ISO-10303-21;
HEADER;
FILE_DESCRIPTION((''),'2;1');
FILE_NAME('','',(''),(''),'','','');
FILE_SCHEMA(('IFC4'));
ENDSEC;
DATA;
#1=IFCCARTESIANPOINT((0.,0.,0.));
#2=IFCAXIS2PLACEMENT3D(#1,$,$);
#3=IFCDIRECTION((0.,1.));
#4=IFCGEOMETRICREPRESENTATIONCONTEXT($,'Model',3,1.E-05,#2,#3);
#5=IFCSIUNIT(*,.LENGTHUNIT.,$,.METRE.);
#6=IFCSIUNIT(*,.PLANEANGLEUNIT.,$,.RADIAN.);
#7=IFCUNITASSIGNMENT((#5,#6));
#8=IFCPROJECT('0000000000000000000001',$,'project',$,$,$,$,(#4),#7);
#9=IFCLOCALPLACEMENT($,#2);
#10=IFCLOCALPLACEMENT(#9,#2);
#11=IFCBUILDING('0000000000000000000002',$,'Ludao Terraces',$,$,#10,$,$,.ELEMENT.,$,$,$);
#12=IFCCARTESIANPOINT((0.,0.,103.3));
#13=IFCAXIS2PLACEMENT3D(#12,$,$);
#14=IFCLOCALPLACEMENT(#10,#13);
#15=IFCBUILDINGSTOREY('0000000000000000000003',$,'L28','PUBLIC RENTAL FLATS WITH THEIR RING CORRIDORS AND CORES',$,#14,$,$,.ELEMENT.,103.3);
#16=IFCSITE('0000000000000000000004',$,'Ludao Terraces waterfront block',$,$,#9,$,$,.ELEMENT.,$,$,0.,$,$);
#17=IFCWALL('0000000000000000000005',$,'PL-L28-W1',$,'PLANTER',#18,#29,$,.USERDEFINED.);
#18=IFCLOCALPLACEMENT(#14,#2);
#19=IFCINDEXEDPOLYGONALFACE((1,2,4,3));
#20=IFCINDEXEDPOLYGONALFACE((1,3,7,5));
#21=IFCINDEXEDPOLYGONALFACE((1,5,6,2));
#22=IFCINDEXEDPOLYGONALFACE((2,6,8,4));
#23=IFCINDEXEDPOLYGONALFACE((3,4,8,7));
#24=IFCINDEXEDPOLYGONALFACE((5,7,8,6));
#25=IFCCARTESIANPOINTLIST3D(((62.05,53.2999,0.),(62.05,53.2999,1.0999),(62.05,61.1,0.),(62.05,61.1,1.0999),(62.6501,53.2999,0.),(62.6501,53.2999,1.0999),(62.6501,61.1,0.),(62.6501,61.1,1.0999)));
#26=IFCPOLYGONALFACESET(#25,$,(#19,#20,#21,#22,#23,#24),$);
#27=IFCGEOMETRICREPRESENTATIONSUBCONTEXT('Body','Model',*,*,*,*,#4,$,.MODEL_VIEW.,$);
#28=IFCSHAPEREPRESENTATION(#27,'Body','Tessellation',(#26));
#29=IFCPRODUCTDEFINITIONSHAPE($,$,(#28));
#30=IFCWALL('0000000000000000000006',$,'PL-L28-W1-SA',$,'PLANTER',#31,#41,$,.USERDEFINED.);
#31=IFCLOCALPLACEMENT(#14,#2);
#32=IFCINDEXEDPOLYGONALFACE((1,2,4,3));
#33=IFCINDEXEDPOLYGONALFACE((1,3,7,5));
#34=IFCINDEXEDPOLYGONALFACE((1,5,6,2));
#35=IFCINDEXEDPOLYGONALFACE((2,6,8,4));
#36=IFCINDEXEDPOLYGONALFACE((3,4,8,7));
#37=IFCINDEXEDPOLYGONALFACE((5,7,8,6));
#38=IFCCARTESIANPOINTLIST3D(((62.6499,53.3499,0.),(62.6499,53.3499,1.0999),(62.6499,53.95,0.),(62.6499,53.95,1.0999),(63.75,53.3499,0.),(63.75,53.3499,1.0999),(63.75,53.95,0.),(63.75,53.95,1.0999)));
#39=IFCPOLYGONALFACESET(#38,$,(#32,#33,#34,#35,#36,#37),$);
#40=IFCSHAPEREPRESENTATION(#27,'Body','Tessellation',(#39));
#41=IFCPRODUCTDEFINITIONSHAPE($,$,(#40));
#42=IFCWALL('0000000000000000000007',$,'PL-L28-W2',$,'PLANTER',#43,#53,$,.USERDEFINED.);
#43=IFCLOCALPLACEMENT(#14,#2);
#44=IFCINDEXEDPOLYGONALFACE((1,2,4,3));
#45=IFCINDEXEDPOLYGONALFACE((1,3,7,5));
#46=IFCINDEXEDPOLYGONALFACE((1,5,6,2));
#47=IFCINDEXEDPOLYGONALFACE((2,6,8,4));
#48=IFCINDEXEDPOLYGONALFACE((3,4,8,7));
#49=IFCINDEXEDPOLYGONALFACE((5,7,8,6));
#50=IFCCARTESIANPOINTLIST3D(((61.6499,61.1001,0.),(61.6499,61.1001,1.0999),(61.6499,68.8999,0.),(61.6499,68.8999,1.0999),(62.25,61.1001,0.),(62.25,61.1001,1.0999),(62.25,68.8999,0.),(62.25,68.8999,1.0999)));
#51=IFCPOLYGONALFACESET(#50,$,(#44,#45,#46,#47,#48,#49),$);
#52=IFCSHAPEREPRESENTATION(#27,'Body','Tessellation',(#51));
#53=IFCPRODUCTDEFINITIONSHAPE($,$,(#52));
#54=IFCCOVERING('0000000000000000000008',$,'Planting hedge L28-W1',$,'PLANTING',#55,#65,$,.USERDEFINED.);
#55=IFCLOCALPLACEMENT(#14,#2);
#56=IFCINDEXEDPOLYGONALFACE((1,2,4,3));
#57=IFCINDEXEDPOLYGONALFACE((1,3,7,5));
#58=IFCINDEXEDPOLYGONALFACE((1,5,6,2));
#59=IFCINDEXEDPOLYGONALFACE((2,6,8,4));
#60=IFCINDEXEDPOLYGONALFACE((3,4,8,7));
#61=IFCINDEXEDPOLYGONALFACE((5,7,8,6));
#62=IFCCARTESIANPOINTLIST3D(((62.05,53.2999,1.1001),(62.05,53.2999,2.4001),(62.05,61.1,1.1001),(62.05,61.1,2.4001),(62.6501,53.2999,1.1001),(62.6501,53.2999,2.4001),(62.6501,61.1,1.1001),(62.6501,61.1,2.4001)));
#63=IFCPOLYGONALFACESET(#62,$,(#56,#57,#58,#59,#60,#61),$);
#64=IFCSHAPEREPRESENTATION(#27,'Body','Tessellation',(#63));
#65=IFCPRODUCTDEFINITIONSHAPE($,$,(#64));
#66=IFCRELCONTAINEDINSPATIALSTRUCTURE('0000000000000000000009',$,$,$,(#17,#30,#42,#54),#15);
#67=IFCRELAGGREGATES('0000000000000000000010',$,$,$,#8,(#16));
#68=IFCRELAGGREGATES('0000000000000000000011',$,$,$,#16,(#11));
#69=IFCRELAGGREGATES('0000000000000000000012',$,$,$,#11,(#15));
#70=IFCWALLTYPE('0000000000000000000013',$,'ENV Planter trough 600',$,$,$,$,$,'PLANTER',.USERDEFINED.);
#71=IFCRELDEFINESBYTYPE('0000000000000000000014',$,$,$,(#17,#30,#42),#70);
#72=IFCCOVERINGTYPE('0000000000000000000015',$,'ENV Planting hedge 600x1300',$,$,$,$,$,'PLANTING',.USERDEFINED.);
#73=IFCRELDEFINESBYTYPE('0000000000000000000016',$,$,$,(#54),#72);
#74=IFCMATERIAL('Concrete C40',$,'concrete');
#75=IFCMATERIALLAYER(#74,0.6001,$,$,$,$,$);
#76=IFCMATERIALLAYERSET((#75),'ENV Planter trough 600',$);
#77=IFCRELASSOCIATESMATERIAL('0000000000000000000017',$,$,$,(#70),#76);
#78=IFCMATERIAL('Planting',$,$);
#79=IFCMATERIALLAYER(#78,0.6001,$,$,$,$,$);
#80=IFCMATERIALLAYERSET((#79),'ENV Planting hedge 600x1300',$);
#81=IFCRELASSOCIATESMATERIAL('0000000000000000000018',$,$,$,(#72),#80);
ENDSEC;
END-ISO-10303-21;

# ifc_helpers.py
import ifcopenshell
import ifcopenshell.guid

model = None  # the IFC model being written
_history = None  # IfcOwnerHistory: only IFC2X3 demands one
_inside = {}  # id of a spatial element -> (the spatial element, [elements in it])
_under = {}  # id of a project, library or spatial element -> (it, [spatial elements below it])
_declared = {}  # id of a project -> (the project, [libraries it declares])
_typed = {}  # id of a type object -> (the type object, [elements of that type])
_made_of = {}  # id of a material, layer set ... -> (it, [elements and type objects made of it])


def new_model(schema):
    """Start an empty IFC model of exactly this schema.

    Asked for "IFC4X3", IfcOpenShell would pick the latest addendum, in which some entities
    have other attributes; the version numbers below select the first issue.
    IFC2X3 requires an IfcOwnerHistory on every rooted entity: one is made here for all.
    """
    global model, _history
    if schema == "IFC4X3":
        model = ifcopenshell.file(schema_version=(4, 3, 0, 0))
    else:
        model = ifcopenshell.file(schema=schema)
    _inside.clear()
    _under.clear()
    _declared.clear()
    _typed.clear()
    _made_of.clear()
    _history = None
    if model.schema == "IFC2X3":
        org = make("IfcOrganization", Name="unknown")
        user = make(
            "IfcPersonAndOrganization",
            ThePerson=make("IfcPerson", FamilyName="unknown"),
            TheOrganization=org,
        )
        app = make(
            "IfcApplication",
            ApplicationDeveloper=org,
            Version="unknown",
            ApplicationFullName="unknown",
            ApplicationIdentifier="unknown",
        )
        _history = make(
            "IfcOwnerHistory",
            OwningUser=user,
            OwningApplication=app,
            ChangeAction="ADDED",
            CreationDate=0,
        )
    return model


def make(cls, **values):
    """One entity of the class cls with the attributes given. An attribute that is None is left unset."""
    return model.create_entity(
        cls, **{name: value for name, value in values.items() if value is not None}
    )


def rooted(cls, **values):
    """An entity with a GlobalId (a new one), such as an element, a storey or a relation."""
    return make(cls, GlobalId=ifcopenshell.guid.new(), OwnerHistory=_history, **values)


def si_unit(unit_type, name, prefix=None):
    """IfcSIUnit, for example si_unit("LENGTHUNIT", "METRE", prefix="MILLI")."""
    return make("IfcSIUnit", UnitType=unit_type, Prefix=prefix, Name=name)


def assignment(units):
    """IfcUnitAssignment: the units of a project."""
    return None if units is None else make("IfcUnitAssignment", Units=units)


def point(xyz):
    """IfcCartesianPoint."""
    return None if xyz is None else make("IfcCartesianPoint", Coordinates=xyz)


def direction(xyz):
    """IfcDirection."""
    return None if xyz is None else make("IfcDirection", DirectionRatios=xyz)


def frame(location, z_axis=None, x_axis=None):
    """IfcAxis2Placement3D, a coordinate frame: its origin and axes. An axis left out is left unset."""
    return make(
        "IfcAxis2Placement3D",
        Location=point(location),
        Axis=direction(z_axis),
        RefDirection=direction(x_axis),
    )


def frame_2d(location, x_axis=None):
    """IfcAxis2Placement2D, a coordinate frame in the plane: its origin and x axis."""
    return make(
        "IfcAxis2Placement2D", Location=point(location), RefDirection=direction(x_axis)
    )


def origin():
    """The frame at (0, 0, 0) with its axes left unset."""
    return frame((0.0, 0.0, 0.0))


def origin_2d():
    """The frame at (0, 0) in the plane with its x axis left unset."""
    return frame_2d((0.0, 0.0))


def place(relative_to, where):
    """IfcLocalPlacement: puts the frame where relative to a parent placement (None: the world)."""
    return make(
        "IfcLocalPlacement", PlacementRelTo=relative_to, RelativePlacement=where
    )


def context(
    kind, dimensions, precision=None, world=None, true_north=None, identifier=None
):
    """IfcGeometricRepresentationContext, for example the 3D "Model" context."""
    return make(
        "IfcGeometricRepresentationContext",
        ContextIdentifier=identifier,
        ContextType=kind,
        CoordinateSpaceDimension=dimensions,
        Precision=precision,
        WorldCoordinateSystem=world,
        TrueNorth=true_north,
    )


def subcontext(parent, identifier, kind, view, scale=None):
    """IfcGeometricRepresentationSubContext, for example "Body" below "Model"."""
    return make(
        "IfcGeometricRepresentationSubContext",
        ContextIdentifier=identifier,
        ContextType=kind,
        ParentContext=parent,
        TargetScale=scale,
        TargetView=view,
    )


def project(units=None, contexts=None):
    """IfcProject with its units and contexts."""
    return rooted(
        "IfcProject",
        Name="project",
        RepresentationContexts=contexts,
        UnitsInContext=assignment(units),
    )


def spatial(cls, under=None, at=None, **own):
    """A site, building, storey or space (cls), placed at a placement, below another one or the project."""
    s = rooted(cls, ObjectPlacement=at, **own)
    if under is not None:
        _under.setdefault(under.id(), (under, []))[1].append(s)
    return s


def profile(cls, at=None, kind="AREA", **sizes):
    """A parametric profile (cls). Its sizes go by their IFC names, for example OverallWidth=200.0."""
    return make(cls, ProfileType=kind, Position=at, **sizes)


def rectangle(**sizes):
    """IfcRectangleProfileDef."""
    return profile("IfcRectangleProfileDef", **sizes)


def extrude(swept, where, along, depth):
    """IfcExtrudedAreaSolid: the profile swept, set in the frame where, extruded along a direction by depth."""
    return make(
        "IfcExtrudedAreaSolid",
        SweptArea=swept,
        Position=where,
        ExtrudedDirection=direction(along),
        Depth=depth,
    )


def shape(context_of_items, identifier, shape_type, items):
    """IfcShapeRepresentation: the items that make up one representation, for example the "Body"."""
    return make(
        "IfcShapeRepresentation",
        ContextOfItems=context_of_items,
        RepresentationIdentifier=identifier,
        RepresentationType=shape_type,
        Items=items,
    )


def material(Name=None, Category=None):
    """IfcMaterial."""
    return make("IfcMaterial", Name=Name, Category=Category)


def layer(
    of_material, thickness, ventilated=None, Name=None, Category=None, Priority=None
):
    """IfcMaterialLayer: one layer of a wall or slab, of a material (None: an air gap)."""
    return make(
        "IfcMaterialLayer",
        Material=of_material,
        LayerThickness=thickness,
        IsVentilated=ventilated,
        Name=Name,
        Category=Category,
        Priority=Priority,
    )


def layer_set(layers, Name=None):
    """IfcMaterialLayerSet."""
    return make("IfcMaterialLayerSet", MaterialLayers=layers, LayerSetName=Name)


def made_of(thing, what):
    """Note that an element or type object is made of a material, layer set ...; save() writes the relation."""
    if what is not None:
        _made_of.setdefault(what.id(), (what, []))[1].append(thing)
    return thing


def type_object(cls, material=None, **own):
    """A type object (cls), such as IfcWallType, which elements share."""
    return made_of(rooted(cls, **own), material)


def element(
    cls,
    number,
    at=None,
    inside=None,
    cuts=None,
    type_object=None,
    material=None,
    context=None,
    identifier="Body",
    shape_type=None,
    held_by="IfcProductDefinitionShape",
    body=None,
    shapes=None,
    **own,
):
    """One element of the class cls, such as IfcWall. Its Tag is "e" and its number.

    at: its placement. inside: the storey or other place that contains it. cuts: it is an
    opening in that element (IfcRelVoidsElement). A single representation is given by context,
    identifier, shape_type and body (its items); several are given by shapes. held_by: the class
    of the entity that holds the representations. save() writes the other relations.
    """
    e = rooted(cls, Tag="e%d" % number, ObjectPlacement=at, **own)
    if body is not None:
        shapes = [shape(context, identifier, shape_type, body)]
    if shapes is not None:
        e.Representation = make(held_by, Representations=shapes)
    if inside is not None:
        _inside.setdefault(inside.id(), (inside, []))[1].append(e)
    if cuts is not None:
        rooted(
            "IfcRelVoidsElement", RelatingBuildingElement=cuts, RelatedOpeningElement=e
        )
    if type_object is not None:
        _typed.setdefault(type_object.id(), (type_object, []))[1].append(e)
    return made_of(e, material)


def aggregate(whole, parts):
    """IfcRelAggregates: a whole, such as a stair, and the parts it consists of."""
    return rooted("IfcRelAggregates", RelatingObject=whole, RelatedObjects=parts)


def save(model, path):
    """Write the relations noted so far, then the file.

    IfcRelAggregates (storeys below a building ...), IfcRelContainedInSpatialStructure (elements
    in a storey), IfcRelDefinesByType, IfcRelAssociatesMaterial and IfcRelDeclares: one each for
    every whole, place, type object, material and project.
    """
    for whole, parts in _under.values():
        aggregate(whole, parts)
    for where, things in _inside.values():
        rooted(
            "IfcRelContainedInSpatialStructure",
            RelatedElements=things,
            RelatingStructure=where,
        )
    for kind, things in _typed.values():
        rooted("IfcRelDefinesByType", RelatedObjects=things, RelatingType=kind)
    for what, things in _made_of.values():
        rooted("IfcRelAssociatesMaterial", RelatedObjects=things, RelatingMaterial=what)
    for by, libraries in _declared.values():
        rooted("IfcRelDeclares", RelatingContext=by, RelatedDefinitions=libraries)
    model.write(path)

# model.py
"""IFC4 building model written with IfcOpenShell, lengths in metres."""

from ifc_helpers import new_model, si_unit, direction, frame, frame_2d, origin, origin_2d, place, context, subcontext, project, spatial, rectangle, extrude, material, layer, layer_set, type_object, element, save


model = new_model("IFC4")

# Units and contexts
model_context = context("Model", 3, precision=1e-05, world=origin(), true_north=direction((0.0, 1.0)))
body_context = subcontext(model_context, "Body", "Model", "MODEL_VIEW")
ifc_project = project(units=[si_unit("LENGTHUNIT", "METRE"), si_unit("PLANEANGLEUNIT", "RADIAN")], contexts=[model_context])

# Site, building, storey
site_placement = place(None, origin())
site = spatial("IfcSite", under=ifc_project, at=site_placement, Name="Ludao Terraces waterfront block", CompositionType="ELEMENT", RefElevation=0.0)
building_placement = place(site_placement, origin())
building = spatial("IfcBuilding", under=site, at=building_placement, Name="Ludao Terraces", CompositionType="ELEMENT")
storey_placement = place(building_placement, frame((0.0, 0.0, 103.3)))
storey = spatial("IfcBuildingStorey", under=building, at=storey_placement, Name="L28", Description="PUBLIC RENTAL FLATS WITH THEIR RING CORRIDORS AND CORES", CompositionType="ELEMENT", Elevation=103.3)

# Shared definitions
ifc_material_1 = material(Name="Concrete C40", Category="concrete")

# Walls
ifc_layer_1 = layer(ifc_material_1, 0.6001)
ifc_layer_set_1 = layer_set([ifc_layer_1], Name="ENV Planter trough 600")
wall_type = type_object("IfcWallType", Name="ENV Planter trough 600", ElementType="PLANTER", PredefinedType="USERDEFINED", material=ifc_layer_set_1)
wall_1_placement = place(storey_placement, frame((62.3501, 53.3, 0.0), z_axis=(0.0, 0.0, 1.0), x_axis=(0.0, 1.0, 0.0)))
element("IfcWall", 1, at=wall_1_placement, inside=storey, type_object=wall_type, Name="PL-L28-W1", ObjectType="PLANTER", PredefinedType="USERDEFINED", context=body_context, shape_type="SweptSolid", body=[
    extrude(rectangle(XDim=7.8, YDim=0.6001, at=frame_2d((3.8999, 0.0))), origin(), (0.0, 0.0, 1.0), 1.0999),
])
wall_2_placement = place(storey_placement, frame((62.6499, 53.6499, 0.0), z_axis=(0.0, 0.0, 1.0), x_axis=(1.0, 0.0, 0.0)))
element("IfcWall", 2, at=wall_2_placement, inside=storey, type_object=wall_type, Name="PL-L28-W1-SA", ObjectType="PLANTER", PredefinedType="USERDEFINED", context=body_context, shape_type="SweptSolid", body=[
    extrude(rectangle(XDim=1.1001, YDim=0.6001, at=frame_2d((0.55, 0.0))), origin(), (0.0, 0.0, 1.0), 1.0999),
])
wall_3_placement = place(storey_placement, frame((61.95, 61.1001, 0.0), z_axis=(0.0, 0.0, 1.0), x_axis=(0.0, 1.0, 0.0)))
element("IfcWall", 3, at=wall_3_placement, inside=storey, type_object=wall_type, Name="PL-L28-W2", ObjectType="PLANTER", PredefinedType="USERDEFINED", context=body_context, shape_type="SweptSolid", body=[
    extrude(rectangle(XDim=7.7998, YDim=0.6001, at=frame_2d((3.8999, 0.0))), origin(), (0.0, 0.0, 1.0), 1.0999),
])

# Covering
ifc_material_2 = material(Name="Planting")
ifc_layer_2 = layer(ifc_material_2, 0.6001)
ifc_layer_set_2 = layer_set([ifc_layer_2], Name="ENV Planting hedge 600x1300")
covering_type = type_object("IfcCoveringType", Name="ENV Planting hedge 600x1300", ElementType="PLANTING", PredefinedType="USERDEFINED", material=ifc_layer_set_2)
covering_placement = place(storey_placement, frame((62.3501, 57.2, 1.1001), z_axis=(0.0, 0.0, 1.0), x_axis=(1.0, 0.0, 0.0)))
element("IfcCovering", 4, at=covering_placement, inside=storey, type_object=covering_type, Name="Planting hedge L28-W1", ObjectType="PLANTING", PredefinedType="USERDEFINED", context=body_context, shape_type="SweptSolid", body=[
    extrude(rectangle(XDim=0.6001, YDim=7.8, at=origin_2d()), origin(), (0.0, 0.0, 1.0), 1.3),
])

save(model, "model.ifc")
